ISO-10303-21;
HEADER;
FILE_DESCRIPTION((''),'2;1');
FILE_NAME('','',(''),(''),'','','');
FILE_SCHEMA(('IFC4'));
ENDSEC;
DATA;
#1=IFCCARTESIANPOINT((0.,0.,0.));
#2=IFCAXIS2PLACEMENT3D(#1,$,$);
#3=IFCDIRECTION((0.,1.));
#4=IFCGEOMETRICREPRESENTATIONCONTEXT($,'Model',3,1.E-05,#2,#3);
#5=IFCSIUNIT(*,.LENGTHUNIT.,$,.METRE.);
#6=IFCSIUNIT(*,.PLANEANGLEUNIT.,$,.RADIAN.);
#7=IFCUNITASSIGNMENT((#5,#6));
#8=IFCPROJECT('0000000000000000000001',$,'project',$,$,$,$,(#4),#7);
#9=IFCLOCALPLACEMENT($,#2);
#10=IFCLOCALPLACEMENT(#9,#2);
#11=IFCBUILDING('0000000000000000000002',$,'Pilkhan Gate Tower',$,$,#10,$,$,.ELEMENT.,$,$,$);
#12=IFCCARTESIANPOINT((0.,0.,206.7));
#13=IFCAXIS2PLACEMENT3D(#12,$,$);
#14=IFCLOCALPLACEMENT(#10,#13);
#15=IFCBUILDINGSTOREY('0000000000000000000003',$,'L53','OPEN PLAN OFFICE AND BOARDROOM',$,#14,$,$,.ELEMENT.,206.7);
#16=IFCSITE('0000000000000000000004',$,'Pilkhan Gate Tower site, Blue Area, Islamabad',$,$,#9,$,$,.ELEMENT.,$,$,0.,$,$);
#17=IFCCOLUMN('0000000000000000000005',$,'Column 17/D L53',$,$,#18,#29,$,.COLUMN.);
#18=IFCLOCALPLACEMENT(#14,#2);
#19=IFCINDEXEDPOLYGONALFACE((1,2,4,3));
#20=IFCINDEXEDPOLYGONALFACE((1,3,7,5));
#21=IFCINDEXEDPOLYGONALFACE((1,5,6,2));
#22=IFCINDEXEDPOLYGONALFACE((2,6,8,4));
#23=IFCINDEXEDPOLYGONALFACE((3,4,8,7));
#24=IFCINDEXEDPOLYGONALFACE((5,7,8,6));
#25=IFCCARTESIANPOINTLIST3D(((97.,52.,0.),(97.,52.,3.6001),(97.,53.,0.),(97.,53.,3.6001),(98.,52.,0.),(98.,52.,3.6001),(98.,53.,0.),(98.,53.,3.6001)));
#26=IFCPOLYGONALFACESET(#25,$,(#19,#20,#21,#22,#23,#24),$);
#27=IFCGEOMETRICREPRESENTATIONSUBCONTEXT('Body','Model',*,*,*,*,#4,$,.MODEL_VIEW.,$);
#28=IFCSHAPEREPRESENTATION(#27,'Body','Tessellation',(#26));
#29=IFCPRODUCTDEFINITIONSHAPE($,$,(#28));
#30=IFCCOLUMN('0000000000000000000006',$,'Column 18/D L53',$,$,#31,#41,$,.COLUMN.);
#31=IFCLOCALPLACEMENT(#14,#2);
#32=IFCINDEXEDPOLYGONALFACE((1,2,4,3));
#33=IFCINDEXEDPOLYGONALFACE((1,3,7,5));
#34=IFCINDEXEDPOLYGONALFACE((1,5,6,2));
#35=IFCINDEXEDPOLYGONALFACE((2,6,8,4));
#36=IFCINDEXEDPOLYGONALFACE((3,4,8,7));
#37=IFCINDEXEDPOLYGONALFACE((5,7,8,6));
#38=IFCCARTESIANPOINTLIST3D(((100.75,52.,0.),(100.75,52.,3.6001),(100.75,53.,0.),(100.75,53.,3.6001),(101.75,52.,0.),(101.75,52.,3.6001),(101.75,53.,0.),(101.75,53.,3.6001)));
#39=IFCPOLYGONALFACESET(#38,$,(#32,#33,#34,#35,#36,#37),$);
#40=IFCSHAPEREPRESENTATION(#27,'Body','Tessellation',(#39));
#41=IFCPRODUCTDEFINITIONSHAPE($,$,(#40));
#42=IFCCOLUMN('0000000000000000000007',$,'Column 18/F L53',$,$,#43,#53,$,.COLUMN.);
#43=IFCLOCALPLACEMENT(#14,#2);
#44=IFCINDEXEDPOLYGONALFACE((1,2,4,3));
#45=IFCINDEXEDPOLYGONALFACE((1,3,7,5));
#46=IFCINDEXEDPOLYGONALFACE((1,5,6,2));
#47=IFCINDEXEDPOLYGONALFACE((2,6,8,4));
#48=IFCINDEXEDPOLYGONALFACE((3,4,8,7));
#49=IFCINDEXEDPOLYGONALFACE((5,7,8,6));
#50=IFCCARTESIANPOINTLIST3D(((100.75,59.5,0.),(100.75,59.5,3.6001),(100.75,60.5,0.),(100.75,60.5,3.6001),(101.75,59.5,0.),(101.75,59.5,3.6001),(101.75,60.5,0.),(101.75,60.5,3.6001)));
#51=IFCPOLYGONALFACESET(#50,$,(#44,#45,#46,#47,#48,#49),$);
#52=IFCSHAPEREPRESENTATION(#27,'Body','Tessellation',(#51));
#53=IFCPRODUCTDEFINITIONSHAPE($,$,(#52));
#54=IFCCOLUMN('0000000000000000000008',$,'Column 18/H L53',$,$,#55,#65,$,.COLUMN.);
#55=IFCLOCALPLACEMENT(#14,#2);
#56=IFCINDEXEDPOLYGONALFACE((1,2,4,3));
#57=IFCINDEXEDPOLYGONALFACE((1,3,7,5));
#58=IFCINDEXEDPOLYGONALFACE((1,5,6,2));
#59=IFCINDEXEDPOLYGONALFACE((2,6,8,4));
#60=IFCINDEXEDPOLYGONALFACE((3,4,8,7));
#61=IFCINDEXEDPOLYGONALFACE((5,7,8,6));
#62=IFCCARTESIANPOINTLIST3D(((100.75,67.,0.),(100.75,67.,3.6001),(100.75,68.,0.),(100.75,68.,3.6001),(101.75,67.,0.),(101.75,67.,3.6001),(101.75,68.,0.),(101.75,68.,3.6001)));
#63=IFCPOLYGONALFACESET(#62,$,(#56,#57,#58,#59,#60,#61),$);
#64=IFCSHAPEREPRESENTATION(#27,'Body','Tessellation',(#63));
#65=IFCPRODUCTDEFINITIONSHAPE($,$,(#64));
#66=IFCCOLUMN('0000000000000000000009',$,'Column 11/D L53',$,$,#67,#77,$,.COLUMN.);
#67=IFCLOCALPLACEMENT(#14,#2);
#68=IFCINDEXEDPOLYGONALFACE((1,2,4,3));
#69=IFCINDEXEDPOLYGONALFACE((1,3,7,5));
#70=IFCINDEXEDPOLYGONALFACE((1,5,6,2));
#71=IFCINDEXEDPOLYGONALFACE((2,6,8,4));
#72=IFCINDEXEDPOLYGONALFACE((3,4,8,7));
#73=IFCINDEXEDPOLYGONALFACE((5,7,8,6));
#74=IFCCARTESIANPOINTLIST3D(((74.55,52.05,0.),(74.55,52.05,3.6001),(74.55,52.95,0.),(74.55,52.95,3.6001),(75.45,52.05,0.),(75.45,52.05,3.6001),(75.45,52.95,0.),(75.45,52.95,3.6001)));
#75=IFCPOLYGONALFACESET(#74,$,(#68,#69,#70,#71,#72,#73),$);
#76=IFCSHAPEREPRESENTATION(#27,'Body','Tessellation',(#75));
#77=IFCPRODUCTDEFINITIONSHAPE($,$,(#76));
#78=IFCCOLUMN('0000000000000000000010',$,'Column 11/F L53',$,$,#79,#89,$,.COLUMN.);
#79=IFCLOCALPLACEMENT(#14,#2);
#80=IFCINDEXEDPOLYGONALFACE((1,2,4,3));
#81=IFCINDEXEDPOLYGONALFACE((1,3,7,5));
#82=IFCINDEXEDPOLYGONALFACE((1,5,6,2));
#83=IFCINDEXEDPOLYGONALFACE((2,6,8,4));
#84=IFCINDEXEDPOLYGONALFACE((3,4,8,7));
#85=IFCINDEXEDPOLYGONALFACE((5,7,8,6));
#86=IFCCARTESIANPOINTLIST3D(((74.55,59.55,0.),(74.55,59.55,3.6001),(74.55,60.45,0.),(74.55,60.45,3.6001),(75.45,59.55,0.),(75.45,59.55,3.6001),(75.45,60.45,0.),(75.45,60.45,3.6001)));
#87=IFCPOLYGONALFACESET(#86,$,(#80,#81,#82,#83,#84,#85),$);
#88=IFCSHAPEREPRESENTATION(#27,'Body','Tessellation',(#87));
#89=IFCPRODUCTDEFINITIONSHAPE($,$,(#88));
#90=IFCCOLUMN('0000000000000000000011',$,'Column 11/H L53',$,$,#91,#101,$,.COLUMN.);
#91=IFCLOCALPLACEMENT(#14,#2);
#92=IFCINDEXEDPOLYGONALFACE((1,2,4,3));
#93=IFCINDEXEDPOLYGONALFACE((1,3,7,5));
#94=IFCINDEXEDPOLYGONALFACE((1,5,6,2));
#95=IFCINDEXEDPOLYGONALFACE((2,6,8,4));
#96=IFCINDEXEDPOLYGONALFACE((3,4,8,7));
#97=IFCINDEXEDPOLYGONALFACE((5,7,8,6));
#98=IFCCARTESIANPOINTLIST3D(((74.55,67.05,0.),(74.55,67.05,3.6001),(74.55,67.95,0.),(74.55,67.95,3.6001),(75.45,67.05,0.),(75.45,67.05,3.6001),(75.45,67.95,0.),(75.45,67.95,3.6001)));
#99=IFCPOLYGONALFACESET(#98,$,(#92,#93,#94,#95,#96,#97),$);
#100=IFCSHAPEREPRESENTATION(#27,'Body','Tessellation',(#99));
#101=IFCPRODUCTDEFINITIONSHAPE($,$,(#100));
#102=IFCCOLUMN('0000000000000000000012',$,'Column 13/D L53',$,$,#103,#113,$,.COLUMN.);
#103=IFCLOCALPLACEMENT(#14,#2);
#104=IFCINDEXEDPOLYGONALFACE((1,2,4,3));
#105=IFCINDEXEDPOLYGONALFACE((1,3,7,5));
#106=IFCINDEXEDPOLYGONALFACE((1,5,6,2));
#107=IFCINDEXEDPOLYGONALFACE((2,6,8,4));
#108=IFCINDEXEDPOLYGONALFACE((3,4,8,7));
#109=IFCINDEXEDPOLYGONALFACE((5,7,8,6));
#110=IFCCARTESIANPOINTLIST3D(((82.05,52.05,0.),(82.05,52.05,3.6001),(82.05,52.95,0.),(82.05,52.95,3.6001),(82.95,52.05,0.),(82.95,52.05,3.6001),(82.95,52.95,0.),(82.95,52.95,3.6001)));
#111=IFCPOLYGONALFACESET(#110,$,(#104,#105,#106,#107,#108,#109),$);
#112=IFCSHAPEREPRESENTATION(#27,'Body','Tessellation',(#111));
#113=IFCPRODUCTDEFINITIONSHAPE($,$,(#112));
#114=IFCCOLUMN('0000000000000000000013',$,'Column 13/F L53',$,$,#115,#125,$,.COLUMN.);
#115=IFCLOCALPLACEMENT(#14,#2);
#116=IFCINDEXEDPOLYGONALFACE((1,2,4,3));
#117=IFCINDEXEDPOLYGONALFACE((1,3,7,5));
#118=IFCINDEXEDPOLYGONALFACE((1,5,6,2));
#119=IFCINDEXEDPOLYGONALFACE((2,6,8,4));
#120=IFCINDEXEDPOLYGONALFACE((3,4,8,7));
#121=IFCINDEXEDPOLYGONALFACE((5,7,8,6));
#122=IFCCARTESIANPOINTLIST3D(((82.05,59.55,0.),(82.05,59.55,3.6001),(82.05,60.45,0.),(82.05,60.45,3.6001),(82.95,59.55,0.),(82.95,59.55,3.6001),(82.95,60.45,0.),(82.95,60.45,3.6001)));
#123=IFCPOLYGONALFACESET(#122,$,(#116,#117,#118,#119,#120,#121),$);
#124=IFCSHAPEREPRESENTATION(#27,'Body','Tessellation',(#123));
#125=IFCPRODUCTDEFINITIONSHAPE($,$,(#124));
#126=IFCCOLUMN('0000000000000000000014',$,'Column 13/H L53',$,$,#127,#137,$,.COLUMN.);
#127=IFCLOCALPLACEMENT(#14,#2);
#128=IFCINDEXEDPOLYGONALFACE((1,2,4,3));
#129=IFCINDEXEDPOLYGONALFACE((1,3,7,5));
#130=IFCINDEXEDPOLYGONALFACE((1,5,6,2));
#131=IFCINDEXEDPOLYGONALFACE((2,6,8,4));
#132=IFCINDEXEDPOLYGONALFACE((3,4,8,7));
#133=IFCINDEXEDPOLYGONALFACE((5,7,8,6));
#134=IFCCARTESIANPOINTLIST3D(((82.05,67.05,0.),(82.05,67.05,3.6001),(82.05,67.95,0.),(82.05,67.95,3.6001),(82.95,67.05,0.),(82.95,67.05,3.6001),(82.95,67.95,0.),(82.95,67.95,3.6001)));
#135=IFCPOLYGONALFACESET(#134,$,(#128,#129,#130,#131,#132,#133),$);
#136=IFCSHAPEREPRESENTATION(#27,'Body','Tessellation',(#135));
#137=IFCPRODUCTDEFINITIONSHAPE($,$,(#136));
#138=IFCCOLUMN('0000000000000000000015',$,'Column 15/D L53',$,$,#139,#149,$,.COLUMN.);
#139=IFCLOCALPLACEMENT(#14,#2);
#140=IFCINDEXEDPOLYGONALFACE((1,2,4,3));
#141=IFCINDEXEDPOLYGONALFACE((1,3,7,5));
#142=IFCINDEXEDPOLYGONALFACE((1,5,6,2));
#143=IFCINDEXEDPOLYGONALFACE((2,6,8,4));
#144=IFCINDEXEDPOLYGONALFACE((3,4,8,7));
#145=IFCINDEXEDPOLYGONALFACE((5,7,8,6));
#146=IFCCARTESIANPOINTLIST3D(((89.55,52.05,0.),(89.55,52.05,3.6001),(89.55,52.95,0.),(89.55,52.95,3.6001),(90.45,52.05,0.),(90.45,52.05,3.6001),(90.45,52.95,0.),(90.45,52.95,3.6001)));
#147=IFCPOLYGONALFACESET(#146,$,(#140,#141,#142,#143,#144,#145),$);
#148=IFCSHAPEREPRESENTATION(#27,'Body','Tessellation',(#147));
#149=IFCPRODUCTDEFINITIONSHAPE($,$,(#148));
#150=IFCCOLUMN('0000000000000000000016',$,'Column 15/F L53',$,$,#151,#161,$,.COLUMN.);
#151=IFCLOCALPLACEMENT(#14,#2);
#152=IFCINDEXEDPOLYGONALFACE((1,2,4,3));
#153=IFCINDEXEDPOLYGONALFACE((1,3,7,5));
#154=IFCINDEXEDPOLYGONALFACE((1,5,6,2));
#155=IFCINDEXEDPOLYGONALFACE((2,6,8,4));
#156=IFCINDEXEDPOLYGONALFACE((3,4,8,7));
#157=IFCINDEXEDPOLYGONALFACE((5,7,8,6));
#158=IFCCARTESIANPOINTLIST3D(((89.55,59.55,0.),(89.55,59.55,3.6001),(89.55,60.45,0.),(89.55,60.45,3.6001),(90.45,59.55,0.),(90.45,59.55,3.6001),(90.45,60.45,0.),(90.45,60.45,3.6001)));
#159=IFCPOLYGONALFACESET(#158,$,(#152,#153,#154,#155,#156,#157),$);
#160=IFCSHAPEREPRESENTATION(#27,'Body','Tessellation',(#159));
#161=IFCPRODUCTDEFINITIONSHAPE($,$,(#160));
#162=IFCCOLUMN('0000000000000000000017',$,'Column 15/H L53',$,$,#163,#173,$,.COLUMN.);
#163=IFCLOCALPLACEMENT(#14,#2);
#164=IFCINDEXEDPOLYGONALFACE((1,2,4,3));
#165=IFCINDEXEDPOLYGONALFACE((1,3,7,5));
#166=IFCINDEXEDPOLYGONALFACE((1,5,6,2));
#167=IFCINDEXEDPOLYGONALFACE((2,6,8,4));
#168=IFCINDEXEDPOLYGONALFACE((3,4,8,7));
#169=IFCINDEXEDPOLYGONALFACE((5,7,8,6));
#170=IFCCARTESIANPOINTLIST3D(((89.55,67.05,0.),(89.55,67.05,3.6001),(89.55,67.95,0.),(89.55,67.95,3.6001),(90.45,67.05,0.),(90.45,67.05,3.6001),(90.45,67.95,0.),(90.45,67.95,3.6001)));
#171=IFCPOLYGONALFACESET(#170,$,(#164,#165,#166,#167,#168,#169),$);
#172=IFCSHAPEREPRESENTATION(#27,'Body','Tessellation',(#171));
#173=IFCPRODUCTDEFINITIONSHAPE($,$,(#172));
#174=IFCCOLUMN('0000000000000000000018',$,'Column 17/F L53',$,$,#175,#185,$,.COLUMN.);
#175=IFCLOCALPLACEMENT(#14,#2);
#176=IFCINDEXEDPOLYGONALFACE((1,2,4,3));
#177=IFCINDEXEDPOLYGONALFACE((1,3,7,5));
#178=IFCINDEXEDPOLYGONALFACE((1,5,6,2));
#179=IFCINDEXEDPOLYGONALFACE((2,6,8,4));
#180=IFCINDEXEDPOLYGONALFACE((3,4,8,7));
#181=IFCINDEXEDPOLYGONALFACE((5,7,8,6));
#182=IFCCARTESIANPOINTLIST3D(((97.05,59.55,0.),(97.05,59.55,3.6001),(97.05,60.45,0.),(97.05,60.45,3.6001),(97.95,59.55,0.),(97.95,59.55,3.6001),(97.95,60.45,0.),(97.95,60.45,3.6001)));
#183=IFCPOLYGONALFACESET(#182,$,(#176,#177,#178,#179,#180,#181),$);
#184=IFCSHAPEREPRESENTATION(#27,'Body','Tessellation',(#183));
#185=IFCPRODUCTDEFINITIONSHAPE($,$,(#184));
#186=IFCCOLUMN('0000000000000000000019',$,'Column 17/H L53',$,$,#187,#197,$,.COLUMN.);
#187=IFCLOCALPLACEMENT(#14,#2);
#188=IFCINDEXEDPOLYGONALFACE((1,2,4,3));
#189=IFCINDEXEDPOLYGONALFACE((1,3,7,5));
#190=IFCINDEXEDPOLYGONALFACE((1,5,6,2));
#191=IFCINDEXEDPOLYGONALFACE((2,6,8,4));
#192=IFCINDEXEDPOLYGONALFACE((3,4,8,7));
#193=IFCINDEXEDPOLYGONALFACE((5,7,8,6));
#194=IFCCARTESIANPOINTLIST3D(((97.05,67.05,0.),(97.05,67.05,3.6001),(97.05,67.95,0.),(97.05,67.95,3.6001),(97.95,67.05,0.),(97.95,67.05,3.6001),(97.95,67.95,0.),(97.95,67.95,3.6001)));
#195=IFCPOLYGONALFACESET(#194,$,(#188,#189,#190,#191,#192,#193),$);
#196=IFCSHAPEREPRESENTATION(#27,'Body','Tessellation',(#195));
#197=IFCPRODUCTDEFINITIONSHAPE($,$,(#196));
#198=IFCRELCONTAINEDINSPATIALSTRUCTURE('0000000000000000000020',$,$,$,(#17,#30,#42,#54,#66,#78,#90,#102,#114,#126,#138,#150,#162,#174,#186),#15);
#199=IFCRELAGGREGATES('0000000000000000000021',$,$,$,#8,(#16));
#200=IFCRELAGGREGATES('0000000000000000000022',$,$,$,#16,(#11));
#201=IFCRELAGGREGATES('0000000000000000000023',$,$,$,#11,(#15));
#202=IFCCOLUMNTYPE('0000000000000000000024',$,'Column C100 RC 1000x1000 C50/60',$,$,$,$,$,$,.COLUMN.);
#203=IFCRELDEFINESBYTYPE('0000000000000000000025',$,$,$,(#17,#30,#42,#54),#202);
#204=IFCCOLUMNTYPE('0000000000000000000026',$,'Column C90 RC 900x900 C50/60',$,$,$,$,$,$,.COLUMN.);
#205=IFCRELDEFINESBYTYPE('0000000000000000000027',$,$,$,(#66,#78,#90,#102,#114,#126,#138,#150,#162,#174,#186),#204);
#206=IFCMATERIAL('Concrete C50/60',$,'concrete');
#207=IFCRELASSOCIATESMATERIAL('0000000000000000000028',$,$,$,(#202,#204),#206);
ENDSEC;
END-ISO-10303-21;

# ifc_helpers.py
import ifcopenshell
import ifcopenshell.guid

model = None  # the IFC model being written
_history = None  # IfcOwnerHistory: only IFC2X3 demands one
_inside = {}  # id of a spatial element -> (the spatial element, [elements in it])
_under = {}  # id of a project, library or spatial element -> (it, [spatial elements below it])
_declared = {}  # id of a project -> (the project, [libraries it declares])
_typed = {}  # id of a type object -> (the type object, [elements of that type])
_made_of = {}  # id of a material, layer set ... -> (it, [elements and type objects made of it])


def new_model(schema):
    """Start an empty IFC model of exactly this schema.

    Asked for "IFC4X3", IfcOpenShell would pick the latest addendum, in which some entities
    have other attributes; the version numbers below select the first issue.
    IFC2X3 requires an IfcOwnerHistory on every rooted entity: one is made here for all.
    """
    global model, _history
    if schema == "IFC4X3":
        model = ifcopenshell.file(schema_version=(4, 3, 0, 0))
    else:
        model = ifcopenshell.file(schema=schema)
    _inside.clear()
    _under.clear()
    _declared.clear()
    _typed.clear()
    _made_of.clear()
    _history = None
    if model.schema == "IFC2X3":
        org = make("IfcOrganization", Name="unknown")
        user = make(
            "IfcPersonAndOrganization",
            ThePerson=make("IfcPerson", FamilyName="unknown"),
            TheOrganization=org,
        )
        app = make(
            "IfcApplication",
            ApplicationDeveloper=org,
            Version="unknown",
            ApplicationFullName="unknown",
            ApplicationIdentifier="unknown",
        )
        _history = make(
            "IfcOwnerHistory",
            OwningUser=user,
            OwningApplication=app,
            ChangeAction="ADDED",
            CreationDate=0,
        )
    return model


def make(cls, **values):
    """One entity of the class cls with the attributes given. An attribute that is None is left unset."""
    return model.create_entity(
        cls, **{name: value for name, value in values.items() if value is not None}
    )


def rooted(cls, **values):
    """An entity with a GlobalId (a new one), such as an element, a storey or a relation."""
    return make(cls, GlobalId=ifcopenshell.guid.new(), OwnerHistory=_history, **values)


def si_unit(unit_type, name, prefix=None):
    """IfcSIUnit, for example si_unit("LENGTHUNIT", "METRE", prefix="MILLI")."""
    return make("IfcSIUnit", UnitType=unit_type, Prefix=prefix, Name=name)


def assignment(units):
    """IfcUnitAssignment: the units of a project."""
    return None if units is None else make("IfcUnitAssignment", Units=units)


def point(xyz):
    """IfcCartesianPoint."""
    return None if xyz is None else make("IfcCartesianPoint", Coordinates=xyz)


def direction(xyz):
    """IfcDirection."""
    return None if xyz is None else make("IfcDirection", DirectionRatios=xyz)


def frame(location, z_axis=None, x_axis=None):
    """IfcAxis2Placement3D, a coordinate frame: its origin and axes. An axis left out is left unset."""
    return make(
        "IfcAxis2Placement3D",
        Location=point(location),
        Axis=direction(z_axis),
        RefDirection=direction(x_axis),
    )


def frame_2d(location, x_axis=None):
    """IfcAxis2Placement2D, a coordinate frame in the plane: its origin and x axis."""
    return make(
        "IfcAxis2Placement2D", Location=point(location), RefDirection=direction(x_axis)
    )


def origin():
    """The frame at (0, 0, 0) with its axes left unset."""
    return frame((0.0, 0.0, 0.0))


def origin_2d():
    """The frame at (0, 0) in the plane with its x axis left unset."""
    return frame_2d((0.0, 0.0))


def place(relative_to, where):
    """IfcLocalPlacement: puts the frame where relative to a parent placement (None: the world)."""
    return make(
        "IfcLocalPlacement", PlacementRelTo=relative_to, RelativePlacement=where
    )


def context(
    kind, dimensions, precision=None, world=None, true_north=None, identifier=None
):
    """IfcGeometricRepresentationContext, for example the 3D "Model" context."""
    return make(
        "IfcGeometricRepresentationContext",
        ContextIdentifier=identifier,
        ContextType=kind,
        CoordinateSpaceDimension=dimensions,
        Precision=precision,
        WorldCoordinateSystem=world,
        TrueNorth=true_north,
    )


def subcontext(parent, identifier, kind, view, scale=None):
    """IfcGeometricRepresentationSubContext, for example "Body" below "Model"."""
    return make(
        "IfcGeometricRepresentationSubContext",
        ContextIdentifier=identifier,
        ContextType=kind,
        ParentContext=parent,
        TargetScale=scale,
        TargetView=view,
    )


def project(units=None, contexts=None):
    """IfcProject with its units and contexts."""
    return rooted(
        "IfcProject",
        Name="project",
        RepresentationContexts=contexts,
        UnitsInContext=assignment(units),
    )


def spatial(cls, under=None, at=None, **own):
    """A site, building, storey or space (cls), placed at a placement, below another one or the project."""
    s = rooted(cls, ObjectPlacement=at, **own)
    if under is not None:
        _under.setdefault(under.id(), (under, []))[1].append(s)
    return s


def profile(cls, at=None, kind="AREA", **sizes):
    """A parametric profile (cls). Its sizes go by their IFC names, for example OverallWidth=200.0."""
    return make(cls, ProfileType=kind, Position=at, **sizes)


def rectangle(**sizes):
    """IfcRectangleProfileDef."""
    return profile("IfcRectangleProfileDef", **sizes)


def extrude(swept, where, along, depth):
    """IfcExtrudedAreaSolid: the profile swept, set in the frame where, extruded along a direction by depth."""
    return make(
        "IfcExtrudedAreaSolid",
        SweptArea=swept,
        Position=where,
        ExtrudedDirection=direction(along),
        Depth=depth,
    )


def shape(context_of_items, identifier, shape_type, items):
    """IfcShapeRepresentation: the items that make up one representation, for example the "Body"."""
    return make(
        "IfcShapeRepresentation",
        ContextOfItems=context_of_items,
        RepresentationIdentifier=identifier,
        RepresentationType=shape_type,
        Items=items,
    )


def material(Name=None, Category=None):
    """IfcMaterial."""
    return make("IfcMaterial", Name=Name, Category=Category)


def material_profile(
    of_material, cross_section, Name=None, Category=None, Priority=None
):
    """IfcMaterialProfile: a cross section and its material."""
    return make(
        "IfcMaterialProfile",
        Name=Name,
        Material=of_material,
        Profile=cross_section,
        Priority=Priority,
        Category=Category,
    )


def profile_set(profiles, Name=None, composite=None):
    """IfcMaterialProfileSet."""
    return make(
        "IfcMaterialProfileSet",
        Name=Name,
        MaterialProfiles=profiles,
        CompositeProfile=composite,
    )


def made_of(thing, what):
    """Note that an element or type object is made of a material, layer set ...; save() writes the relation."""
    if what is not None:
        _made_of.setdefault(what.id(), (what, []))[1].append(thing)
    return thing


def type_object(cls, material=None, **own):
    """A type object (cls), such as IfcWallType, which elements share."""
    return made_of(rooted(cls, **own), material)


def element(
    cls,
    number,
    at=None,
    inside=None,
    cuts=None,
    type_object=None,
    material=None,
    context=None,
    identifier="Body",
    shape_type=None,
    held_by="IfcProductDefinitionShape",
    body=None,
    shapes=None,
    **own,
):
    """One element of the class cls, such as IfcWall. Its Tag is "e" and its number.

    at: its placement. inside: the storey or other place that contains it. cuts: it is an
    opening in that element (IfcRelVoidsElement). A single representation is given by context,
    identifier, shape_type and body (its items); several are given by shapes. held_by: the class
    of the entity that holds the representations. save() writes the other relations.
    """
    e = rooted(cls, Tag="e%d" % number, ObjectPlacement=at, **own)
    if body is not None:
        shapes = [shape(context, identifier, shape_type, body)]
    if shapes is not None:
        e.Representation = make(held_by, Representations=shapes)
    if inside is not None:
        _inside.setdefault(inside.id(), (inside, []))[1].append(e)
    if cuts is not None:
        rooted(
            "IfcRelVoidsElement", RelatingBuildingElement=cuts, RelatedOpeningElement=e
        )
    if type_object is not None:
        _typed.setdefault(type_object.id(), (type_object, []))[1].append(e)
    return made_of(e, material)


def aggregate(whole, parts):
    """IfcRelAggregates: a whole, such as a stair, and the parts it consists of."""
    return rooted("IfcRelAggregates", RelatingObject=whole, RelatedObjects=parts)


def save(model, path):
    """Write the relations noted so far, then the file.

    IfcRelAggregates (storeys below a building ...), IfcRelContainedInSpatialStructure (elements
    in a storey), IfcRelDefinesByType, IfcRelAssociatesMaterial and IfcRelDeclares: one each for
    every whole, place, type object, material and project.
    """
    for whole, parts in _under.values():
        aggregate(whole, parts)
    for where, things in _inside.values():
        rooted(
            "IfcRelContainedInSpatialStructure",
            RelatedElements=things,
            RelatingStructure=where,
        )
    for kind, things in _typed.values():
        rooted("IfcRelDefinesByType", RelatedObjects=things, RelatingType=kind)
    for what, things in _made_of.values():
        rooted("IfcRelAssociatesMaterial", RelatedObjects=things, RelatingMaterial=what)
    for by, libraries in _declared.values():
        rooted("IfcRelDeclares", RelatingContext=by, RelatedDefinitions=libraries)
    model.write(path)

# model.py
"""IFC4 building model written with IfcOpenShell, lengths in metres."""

from ifc_helpers import new_model, si_unit, direction, frame, origin, origin_2d, place, context, subcontext, project, spatial, rectangle, extrude, material, material_profile, profile_set, type_object, element, save


model = new_model("IFC4")

# Units and contexts
model_context = context("Model", 3, precision=1e-05, world=origin(), true_north=direction((0.0, 1.0)))
body_context = subcontext(model_context, "Body", "Model", "MODEL_VIEW")
ifc_project = project(units=[si_unit("LENGTHUNIT", "METRE"), si_unit("PLANEANGLEUNIT", "RADIAN")], contexts=[model_context])

# Site, building, storey
site_placement = place(None, origin())
site = spatial("IfcSite", under=ifc_project, at=site_placement, Name="Pilkhan Gate Tower site, Blue Area, Islamabad", CompositionType="ELEMENT", RefElevation=0.0)
building_placement = place(site_placement, origin())
building = spatial("IfcBuilding", under=site, at=building_placement, Name="Pilkhan Gate Tower", CompositionType="ELEMENT")
storey_placement = place(building_placement, frame((0.0, 0.0, 206.7)))
storey = spatial("IfcBuildingStorey", under=building, at=storey_placement, Name="L53", Description="OPEN PLAN OFFICE AND BOARDROOM", CompositionType="ELEMENT", Elevation=206.7)

# Columns
ifc_material_1 = material(Name="Concrete C50/60", Category="concrete")
ifc_material_profile_1 = material_profile(ifc_material_1, rectangle(XDim=1.0, YDim=1.0, at=origin_2d()), Name="RC 1000x1000")
ifc_profile_set_1 = profile_set([ifc_material_profile_1], Name="Concrete C50/60")
column_type_1 = type_object("IfcColumnType", Name="Column C100 RC 1000x1000 C50/60", PredefinedType="COLUMN", material=ifc_profile_set_1)
for number, where, z_axis, x_axis, name in (
    (1, (97.5, 52.5, 0.0), (0.0, 0.0, 1.0), (1.0, 0.0, 0.0), "Column 17/D L53"),
    (2, (101.25, 52.5, 0.0), (0.0, 0.0, 1.0), (1.0, 0.0, 0.0), "Column 18/D L53"),
    (3, (101.25, 60.0, 0.0), (0.0, 0.0, 1.0), (1.0, 0.0, 0.0), "Column 18/F L53"),
    (4, (101.25, 67.5, 0.0), (0.0, 0.0, 1.0), (1.0, 0.0, 0.0), "Column 18/H L53"),
):
    element("IfcColumn", number, at=place(storey_placement, frame(where, z_axis=z_axis, x_axis=x_axis)), inside=storey, type_object=column_type_1, Name=name, PredefinedType="COLUMN", context=body_context, shape_type="SweptSolid", body=[
        extrude(rectangle(XDim=1.0, YDim=1.0, at=origin_2d()), origin(), (0.0, 0.0, 1.0), 3.6001),
    ])
ifc_material_profile_2 = material_profile(ifc_material_1, rectangle(XDim=0.8999, YDim=0.8999, at=origin_2d()), Name="RC 900x900")
ifc_profile_set_2 = profile_set([ifc_material_profile_2], Name="Concrete C50/60")
column_type_2 = type_object("IfcColumnType", Name="Column C90 RC 900x900 C50/60", PredefinedType="COLUMN", material=ifc_profile_set_2)
for number, where, z_axis, x_axis, name in (
    (5, (75.0, 52.5, 0.0), (0.0, 0.0, 1.0), (1.0, 0.0, 0.0), "Column 11/D L53"),
    (6, (75.0, 60.0, 0.0), (0.0, 0.0, 1.0), (1.0, 0.0, 0.0), "Column 11/F L53"),
    (7, (75.0, 67.5, 0.0), (0.0, 0.0, 1.0), (1.0, 0.0, 0.0), "Column 11/H L53"),
    (8, (82.5, 52.5, 0.0), (0.0, 0.0, 1.0), (1.0, 0.0, 0.0), "Column 13/D L53"),
    (9, (82.5, 60.0, 0.0), (0.0, 0.0, 1.0), (1.0, 0.0, 0.0), "Column 13/F L53"),
    (10, (82.5, 67.5, 0.0), (0.0, 0.0, 1.0), (1.0, 0.0, 0.0), "Column 13/H L53"),
    (11, (90.0, 52.5, 0.0), (0.0, 0.0, 1.0), (1.0, 0.0, 0.0), "Column 15/D L53"),
    (12, (90.0, 60.0, 0.0), (0.0, 0.0, 1.0), (1.0, 0.0, 0.0), "Column 15/F L53"),
    (13, (90.0, 67.5, 0.0), (0.0, 0.0, 1.0), (1.0, 0.0, 0.0), "Column 15/H L53"),
    (14, (97.5, 60.0, 0.0), (0.0, 0.0, 1.0), (1.0, 0.0, 0.0), "Column 17/F L53"),
    (15, (97.5, 67.5, 0.0), (0.0, 0.0, 1.0), (1.0, 0.0, 0.0), "Column 17/H L53"),
):
    element("IfcColumn", number, at=place(storey_placement, frame(where, z_axis=z_axis, x_axis=x_axis)), inside=storey, type_object=column_type_2, Name=name, PredefinedType="COLUMN", context=body_context, shape_type="SweptSolid", body=[
        extrude(rectangle(XDim=0.8999, YDim=0.8999, at=origin_2d()), origin(), (0.0, 0.0, 1.0), 3.6001),
    ])

save(model, "model.ifc")
